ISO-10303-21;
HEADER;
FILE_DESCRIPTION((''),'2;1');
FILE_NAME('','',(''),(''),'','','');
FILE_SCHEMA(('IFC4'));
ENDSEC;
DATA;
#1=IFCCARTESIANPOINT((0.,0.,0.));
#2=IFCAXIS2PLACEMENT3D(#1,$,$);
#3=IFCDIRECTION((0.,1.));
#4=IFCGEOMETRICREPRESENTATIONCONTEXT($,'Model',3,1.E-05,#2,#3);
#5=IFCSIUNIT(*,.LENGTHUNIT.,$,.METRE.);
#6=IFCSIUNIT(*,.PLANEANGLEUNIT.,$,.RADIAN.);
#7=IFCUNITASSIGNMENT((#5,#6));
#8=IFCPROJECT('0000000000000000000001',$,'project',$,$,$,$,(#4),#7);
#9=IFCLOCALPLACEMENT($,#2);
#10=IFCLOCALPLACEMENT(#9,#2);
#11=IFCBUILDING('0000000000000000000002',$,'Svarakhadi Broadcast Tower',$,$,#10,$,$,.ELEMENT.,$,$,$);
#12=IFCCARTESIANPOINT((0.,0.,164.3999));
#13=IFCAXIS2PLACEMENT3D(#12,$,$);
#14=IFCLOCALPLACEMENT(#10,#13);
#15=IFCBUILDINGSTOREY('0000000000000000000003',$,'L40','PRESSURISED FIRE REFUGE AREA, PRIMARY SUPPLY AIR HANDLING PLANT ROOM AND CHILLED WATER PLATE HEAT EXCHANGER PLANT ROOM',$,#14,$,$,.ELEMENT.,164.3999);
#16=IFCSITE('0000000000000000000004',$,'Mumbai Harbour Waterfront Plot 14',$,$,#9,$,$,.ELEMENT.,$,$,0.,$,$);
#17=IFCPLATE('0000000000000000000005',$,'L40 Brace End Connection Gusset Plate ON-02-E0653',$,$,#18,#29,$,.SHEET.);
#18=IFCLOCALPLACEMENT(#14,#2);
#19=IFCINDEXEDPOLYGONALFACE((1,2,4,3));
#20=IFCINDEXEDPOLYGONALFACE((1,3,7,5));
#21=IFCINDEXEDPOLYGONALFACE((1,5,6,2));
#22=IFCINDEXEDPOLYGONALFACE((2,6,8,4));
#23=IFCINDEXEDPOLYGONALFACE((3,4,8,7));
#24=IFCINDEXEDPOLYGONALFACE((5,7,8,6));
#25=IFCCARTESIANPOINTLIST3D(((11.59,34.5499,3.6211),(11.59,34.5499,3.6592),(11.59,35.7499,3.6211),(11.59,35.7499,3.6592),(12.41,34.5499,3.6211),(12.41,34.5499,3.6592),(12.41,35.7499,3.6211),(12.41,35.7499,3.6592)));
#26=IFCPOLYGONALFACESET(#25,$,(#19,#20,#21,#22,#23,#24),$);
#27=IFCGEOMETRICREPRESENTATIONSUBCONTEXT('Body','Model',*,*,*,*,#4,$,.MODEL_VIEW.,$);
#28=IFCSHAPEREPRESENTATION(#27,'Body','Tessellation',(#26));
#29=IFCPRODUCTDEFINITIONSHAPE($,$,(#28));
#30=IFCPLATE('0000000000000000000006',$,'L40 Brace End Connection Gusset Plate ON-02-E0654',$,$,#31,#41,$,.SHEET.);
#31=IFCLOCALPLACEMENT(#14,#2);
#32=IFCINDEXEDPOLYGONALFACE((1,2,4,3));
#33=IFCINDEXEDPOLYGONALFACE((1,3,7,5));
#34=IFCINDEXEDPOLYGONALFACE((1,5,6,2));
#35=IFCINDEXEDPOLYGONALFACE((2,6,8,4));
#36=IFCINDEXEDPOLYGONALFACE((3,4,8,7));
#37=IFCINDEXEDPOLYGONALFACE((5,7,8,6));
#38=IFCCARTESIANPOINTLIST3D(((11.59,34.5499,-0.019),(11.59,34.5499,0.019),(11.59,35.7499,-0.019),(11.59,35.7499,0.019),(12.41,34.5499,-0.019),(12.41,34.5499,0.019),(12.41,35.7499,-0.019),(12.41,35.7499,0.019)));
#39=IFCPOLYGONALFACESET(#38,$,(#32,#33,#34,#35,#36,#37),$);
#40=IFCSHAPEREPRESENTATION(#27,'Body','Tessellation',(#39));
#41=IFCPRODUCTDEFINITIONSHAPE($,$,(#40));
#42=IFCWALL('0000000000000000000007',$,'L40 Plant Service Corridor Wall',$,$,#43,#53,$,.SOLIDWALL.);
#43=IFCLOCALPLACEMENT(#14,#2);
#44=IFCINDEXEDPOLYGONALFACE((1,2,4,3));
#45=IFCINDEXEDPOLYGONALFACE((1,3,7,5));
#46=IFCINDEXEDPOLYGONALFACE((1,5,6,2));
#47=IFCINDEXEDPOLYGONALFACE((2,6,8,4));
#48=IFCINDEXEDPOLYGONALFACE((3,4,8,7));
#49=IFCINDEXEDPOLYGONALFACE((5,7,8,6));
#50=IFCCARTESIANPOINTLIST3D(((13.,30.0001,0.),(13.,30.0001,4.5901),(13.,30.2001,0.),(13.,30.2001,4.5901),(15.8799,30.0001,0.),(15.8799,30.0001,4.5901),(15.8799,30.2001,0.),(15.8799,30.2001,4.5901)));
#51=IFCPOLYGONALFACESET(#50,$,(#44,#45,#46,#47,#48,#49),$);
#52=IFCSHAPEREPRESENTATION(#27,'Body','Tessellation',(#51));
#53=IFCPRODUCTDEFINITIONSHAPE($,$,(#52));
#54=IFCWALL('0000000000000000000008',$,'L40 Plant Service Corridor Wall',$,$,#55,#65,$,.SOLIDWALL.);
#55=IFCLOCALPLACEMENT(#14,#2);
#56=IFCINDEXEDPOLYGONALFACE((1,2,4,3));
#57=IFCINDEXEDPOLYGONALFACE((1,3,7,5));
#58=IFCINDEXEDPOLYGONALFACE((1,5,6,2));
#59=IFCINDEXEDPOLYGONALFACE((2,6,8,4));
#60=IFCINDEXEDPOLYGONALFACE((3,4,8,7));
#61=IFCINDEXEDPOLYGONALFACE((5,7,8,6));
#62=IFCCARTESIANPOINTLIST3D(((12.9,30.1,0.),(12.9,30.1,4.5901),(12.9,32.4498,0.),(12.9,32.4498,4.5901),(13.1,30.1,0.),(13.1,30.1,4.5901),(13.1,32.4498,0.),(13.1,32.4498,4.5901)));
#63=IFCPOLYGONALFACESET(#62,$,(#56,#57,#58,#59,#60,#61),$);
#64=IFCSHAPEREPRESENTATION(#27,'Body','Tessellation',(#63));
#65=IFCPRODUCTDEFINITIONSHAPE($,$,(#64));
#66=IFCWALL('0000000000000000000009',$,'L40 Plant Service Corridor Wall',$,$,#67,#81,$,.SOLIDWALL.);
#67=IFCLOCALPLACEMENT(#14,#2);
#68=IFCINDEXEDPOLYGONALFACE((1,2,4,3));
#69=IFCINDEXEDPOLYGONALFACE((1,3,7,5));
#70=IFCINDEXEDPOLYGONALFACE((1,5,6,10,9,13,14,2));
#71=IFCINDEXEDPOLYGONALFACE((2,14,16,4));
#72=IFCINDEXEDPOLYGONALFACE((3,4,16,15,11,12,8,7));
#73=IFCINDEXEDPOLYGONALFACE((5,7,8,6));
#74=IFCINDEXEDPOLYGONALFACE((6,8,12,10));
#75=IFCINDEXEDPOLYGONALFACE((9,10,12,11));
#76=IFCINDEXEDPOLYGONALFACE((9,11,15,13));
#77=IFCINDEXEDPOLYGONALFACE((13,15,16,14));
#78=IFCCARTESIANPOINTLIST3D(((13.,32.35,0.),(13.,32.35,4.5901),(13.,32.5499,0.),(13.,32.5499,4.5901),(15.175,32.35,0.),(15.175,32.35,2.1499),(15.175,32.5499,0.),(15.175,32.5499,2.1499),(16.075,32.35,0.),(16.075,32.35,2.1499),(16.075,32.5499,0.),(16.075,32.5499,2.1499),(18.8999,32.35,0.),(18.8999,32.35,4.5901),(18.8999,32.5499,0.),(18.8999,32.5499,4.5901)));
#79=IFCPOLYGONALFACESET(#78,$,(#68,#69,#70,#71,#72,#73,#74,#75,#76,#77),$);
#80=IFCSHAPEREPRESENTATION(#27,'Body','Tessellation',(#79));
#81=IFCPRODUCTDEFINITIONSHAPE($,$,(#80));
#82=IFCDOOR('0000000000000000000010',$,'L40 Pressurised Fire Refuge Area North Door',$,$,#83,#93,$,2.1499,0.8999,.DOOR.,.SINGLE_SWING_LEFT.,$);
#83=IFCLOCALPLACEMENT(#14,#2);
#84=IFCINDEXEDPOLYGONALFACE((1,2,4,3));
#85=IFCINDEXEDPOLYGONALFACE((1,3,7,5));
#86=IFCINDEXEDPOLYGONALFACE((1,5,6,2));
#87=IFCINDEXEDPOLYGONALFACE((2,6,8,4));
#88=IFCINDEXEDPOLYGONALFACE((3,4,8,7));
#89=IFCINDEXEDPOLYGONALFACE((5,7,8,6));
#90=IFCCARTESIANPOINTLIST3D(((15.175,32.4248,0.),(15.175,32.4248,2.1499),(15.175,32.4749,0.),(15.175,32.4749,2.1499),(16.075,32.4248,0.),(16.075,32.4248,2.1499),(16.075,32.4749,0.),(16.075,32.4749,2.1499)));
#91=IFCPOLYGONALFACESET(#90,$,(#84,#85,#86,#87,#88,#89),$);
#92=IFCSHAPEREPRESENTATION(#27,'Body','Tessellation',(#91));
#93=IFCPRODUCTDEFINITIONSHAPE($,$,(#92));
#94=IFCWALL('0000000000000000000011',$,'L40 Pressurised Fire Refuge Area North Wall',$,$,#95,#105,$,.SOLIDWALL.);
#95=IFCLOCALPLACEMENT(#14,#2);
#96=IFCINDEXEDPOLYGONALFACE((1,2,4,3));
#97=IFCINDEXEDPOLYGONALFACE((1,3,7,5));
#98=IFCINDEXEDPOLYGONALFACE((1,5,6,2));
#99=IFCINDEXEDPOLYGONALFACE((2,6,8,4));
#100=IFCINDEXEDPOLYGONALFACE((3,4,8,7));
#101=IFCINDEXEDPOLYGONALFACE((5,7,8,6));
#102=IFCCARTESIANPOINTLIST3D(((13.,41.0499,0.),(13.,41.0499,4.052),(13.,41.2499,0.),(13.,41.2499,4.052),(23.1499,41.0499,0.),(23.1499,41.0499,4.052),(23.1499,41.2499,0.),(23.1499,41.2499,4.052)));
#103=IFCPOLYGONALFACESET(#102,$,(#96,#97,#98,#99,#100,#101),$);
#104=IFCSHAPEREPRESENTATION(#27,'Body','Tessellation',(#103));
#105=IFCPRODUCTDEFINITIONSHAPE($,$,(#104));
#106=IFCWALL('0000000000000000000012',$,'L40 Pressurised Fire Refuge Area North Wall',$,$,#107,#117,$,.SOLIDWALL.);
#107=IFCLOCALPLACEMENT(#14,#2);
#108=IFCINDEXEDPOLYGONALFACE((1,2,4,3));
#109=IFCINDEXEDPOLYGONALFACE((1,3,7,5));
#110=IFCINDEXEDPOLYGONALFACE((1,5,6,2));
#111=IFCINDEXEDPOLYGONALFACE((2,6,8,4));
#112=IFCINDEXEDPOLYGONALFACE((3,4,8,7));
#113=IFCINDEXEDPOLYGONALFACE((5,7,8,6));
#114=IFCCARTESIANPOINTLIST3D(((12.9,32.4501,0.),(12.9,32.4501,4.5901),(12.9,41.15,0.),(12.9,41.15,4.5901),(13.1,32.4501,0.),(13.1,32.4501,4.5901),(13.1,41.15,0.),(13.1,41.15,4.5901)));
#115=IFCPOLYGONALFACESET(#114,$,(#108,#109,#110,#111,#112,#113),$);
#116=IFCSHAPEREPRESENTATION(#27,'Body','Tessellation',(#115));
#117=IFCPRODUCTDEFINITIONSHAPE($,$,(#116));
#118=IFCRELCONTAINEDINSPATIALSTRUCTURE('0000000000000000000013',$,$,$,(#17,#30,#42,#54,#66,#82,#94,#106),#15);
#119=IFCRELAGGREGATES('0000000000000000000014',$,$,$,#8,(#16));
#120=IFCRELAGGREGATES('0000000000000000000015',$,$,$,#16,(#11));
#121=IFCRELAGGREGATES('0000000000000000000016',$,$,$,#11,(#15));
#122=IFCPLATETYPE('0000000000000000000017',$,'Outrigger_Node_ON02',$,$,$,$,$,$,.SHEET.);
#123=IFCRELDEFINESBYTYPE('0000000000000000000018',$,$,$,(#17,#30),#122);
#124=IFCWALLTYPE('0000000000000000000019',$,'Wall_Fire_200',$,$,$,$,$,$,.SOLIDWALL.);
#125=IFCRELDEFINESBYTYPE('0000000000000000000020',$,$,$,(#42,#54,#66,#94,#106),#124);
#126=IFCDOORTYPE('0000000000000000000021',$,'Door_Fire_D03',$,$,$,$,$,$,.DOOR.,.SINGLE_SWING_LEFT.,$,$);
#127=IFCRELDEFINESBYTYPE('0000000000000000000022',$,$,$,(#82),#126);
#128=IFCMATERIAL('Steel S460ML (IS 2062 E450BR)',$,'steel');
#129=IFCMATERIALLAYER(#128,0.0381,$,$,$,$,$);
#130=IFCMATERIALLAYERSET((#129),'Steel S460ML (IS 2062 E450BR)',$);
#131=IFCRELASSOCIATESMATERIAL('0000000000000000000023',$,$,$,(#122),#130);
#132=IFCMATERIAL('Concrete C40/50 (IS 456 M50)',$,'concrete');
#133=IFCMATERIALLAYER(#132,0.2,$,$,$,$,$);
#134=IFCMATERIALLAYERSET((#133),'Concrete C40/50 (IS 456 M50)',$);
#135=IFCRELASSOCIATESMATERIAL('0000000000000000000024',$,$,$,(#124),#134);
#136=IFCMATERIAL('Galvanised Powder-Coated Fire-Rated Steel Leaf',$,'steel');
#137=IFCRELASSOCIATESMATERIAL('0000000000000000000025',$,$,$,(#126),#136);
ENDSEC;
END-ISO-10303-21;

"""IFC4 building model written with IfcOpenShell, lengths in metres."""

from ifc_helpers import new_model, si_unit, direction, frame, frame_2d, origin, origin_2d, place, context, subcontext, project, spatial, rectangle, extrude, material, layer, layer_set, type_object, element, fill, save


model = new_model("IFC4")

# Units and contexts
model_context = context("Model", 3, precision=1e-05, world=origin(), true_north=direction((0.0, 1.0)))
body_context = subcontext(model_context, "Body", "Model", "MODEL_VIEW")
ifc_project = project(units=[si_unit("LENGTHUNIT", "METRE"), si_unit("PLANEANGLEUNIT", "RADIAN")], contexts=[model_context])

# Site, building, storey
site_placement = place(None, origin())
site = spatial("IfcSite", under=ifc_project, at=site_placement, Name="Mumbai Harbour Waterfront Plot 14", CompositionType="ELEMENT", RefElevation=0.0)
building_placement = place(site_placement, origin())
building = spatial("IfcBuilding", under=site, at=building_placement, Name="Svarakhadi Broadcast Tower", CompositionType="ELEMENT")
storey_placement = place(building_placement, frame((0.0, 0.0, 164.3999)))
storey = spatial("IfcBuildingStorey", under=building, at=storey_placement, Name="L40", Description="PRESSURISED FIRE REFUGE AREA, PRIMARY SUPPLY AIR HANDLING PLANT ROOM AND CHILLED WATER PLATE HEAT EXCHANGER PLANT ROOM", CompositionType="ELEMENT", Elevation=164.3999)

# Shared definitions
ifc_material_1 = material(Name="Steel S460ML (IS 2062 E450BR)", Category="steel")

# Plates
ifc_layer_1 = layer(ifc_material_1, 0.0381)
ifc_layer_set_1 = layer_set([ifc_layer_1], Name="Steel S460ML (IS 2062 E450BR)")
plate_type_1 = type_object("IfcPlateType", Name="Outrigger_Node_ON02", PredefinedType="SHEET", material=ifc_layer_set_1)
for number, where, z_axis, x_axis, name in (
    (1, (12.0, 35.1499, 3.6211), (0.0, 0.0, 1.0), (0.0, 1.0, 0.0), "L40 Brace End Connection Gusset Plate ON-02-E0653"),
    (2, (12.0, 35.1499, -0.019), (0.0, 0.0, 1.0), (0.0, 1.0, 0.0), "L40 Brace End Connection Gusset Plate ON-02-E0654"),
):
    element("IfcPlate", number, at=place(storey_placement, frame(where, z_axis=z_axis, x_axis=x_axis)), inside=storey, type_object=plate_type_1, Name=name, PredefinedType="SHEET", context=body_context, shape_type="SweptSolid", body=[
        extrude(rectangle(XDim=1.2, YDim=0.8201, at=origin_2d()), origin(), (0.0, 0.0, 1.0), 0.0381),
    ])

# Walls
ifc_material_2 = material(Name="Concrete C40/50 (IS 456 M50)", Category="concrete")
ifc_layer_2 = layer(ifc_material_2, 0.2)
ifc_layer_set_2 = layer_set([ifc_layer_2], Name="Concrete C40/50 (IS 456 M50)")
wall_type = type_object("IfcWallType", Name="Wall_Fire_200", PredefinedType="SOLIDWALL", material=ifc_layer_set_2)
wall_1_placement = place(storey_placement, frame((15.8799, 30.1001, 0.0), z_axis=(0.0, 0.0, 1.0), x_axis=(-1.0, 0.0, 0.0)))
element("IfcWall", 3, at=wall_1_placement, inside=storey, type_object=wall_type, Name="L40 Plant Service Corridor Wall", PredefinedType="SOLIDWALL", context=body_context, shape_type="SweptSolid", body=[
    extrude(rectangle(XDim=2.8799, YDim=0.2, at=frame_2d((1.4399, 0.0))), origin(), (0.0, 0.0, 1.0), 4.5901),
])
wall_2_placement = place(storey_placement, frame((13.0, 30.1001, 0.0), z_axis=(0.0, 0.0, 1.0), x_axis=(0.0, 1.0, 0.0)))
element("IfcWall", 4, at=wall_2_placement, inside=storey, type_object=wall_type, Name="L40 Plant Service Corridor Wall", PredefinedType="SOLIDWALL", context=body_context, shape_type="SweptSolid", body=[
    extrude(rectangle(XDim=2.3499, YDim=0.2, at=frame_2d((1.1748, 0.0))), origin(), (0.0, 0.0, 1.0), 4.5901),
])

# Wall, opening, door
wall_3_placement = place(storey_placement, frame((13.0, 32.45, 0.0), z_axis=(0.0, 0.0, 1.0), x_axis=(1.0, 0.0, 0.0)))
wall_3 = element("IfcWall", 5, at=wall_3_placement, inside=storey, type_object=wall_type, Name="L40 Plant Service Corridor Wall", PredefinedType="SOLIDWALL", context=body_context, shape_type="SweptSolid", body=[
    extrude(rectangle(XDim=5.8999, YDim=0.2, at=frame_2d((2.95, 0.0))), origin(), (0.0, 0.0, 1.0), 4.5901),
])
opening_placement = place(wall_3_placement, frame((2.175, 0.0, 0.0)))
opening = element("IfcOpeningElement", 6, at=opening_placement, cuts=wall_3, PredefinedType="OPENING", context=body_context, shape_type="SweptSolid", body=[
    extrude(rectangle(XDim=0.8999, YDim=2.1499, at=frame_2d((0.45, 1.075))), frame((0.0, 0.1099, 0.0), z_axis=(0.0, -1.0, 0.0), x_axis=(1.0, 0.0, 0.0)), (0.0, 0.0, 1.0), 0.22),
])
ifc_material_3 = material(Name="Galvanised Powder-Coated Fire-Rated Steel Leaf", Category="steel")
door_type = type_object("IfcDoorType", Name="Door_Fire_D03", OperationType="SINGLE_SWING_LEFT", PredefinedType="DOOR", material=ifc_material_3)
door_placement = place(opening_placement, origin())
door = element("IfcDoor", 7, at=door_placement, inside=storey, type_object=door_type, Name="L40 Pressurised Fire Refuge Area North Door", OperationType="SINGLE_SWING_LEFT", OverallHeight=2.1499, OverallWidth=0.8999, PredefinedType="DOOR", context=body_context, shape_type="SweptSolid", body=[
    extrude(rectangle(XDim=0.8999, YDim=2.1499, at=frame_2d((0.45, 1.075))), frame((0.0, 0.0249, 0.0), z_axis=(0.0, -1.0, 0.0), x_axis=(1.0, 0.0, 0.0)), (0.0, 0.0, 1.0), 0.05),
])
fill(opening, door)

# Walls
wall_4_placement = place(storey_placement, frame((13.0, 41.1499, 0.0), z_axis=(0.0, 0.0, 1.0), x_axis=(1.0, 0.0, 0.0)))
element("IfcWall", 8, at=wall_4_placement, inside=storey, type_object=wall_type, Name="L40 Pressurised Fire Refuge Area North Wall", PredefinedType="SOLIDWALL", context=body_context, shape_type="SweptSolid", body=[
    extrude(rectangle(XDim=10.1499, YDim=0.2, at=frame_2d((5.075, 0.0))), origin(), (0.0, 0.0, 1.0), 4.052),
])
wall_5_placement = place(storey_placement, frame((13.0, 32.45, 0.0), z_axis=(0.0, 0.0, 1.0), x_axis=(0.0, 1.0, 0.0)))
element("IfcWall", 9, at=wall_5_placement, inside=storey, type_object=wall_type, Name="L40 Pressurised Fire Refuge Area North Wall", PredefinedType="SOLIDWALL", context=body_context, shape_type="SweptSolid", body=[
    extrude(rectangle(XDim=8.7, YDim=0.2, at=frame_2d((4.3501, 0.0))), origin(), (0.0, 0.0, 1.0), 4.5901),
])

save(model, "model.ifc")
